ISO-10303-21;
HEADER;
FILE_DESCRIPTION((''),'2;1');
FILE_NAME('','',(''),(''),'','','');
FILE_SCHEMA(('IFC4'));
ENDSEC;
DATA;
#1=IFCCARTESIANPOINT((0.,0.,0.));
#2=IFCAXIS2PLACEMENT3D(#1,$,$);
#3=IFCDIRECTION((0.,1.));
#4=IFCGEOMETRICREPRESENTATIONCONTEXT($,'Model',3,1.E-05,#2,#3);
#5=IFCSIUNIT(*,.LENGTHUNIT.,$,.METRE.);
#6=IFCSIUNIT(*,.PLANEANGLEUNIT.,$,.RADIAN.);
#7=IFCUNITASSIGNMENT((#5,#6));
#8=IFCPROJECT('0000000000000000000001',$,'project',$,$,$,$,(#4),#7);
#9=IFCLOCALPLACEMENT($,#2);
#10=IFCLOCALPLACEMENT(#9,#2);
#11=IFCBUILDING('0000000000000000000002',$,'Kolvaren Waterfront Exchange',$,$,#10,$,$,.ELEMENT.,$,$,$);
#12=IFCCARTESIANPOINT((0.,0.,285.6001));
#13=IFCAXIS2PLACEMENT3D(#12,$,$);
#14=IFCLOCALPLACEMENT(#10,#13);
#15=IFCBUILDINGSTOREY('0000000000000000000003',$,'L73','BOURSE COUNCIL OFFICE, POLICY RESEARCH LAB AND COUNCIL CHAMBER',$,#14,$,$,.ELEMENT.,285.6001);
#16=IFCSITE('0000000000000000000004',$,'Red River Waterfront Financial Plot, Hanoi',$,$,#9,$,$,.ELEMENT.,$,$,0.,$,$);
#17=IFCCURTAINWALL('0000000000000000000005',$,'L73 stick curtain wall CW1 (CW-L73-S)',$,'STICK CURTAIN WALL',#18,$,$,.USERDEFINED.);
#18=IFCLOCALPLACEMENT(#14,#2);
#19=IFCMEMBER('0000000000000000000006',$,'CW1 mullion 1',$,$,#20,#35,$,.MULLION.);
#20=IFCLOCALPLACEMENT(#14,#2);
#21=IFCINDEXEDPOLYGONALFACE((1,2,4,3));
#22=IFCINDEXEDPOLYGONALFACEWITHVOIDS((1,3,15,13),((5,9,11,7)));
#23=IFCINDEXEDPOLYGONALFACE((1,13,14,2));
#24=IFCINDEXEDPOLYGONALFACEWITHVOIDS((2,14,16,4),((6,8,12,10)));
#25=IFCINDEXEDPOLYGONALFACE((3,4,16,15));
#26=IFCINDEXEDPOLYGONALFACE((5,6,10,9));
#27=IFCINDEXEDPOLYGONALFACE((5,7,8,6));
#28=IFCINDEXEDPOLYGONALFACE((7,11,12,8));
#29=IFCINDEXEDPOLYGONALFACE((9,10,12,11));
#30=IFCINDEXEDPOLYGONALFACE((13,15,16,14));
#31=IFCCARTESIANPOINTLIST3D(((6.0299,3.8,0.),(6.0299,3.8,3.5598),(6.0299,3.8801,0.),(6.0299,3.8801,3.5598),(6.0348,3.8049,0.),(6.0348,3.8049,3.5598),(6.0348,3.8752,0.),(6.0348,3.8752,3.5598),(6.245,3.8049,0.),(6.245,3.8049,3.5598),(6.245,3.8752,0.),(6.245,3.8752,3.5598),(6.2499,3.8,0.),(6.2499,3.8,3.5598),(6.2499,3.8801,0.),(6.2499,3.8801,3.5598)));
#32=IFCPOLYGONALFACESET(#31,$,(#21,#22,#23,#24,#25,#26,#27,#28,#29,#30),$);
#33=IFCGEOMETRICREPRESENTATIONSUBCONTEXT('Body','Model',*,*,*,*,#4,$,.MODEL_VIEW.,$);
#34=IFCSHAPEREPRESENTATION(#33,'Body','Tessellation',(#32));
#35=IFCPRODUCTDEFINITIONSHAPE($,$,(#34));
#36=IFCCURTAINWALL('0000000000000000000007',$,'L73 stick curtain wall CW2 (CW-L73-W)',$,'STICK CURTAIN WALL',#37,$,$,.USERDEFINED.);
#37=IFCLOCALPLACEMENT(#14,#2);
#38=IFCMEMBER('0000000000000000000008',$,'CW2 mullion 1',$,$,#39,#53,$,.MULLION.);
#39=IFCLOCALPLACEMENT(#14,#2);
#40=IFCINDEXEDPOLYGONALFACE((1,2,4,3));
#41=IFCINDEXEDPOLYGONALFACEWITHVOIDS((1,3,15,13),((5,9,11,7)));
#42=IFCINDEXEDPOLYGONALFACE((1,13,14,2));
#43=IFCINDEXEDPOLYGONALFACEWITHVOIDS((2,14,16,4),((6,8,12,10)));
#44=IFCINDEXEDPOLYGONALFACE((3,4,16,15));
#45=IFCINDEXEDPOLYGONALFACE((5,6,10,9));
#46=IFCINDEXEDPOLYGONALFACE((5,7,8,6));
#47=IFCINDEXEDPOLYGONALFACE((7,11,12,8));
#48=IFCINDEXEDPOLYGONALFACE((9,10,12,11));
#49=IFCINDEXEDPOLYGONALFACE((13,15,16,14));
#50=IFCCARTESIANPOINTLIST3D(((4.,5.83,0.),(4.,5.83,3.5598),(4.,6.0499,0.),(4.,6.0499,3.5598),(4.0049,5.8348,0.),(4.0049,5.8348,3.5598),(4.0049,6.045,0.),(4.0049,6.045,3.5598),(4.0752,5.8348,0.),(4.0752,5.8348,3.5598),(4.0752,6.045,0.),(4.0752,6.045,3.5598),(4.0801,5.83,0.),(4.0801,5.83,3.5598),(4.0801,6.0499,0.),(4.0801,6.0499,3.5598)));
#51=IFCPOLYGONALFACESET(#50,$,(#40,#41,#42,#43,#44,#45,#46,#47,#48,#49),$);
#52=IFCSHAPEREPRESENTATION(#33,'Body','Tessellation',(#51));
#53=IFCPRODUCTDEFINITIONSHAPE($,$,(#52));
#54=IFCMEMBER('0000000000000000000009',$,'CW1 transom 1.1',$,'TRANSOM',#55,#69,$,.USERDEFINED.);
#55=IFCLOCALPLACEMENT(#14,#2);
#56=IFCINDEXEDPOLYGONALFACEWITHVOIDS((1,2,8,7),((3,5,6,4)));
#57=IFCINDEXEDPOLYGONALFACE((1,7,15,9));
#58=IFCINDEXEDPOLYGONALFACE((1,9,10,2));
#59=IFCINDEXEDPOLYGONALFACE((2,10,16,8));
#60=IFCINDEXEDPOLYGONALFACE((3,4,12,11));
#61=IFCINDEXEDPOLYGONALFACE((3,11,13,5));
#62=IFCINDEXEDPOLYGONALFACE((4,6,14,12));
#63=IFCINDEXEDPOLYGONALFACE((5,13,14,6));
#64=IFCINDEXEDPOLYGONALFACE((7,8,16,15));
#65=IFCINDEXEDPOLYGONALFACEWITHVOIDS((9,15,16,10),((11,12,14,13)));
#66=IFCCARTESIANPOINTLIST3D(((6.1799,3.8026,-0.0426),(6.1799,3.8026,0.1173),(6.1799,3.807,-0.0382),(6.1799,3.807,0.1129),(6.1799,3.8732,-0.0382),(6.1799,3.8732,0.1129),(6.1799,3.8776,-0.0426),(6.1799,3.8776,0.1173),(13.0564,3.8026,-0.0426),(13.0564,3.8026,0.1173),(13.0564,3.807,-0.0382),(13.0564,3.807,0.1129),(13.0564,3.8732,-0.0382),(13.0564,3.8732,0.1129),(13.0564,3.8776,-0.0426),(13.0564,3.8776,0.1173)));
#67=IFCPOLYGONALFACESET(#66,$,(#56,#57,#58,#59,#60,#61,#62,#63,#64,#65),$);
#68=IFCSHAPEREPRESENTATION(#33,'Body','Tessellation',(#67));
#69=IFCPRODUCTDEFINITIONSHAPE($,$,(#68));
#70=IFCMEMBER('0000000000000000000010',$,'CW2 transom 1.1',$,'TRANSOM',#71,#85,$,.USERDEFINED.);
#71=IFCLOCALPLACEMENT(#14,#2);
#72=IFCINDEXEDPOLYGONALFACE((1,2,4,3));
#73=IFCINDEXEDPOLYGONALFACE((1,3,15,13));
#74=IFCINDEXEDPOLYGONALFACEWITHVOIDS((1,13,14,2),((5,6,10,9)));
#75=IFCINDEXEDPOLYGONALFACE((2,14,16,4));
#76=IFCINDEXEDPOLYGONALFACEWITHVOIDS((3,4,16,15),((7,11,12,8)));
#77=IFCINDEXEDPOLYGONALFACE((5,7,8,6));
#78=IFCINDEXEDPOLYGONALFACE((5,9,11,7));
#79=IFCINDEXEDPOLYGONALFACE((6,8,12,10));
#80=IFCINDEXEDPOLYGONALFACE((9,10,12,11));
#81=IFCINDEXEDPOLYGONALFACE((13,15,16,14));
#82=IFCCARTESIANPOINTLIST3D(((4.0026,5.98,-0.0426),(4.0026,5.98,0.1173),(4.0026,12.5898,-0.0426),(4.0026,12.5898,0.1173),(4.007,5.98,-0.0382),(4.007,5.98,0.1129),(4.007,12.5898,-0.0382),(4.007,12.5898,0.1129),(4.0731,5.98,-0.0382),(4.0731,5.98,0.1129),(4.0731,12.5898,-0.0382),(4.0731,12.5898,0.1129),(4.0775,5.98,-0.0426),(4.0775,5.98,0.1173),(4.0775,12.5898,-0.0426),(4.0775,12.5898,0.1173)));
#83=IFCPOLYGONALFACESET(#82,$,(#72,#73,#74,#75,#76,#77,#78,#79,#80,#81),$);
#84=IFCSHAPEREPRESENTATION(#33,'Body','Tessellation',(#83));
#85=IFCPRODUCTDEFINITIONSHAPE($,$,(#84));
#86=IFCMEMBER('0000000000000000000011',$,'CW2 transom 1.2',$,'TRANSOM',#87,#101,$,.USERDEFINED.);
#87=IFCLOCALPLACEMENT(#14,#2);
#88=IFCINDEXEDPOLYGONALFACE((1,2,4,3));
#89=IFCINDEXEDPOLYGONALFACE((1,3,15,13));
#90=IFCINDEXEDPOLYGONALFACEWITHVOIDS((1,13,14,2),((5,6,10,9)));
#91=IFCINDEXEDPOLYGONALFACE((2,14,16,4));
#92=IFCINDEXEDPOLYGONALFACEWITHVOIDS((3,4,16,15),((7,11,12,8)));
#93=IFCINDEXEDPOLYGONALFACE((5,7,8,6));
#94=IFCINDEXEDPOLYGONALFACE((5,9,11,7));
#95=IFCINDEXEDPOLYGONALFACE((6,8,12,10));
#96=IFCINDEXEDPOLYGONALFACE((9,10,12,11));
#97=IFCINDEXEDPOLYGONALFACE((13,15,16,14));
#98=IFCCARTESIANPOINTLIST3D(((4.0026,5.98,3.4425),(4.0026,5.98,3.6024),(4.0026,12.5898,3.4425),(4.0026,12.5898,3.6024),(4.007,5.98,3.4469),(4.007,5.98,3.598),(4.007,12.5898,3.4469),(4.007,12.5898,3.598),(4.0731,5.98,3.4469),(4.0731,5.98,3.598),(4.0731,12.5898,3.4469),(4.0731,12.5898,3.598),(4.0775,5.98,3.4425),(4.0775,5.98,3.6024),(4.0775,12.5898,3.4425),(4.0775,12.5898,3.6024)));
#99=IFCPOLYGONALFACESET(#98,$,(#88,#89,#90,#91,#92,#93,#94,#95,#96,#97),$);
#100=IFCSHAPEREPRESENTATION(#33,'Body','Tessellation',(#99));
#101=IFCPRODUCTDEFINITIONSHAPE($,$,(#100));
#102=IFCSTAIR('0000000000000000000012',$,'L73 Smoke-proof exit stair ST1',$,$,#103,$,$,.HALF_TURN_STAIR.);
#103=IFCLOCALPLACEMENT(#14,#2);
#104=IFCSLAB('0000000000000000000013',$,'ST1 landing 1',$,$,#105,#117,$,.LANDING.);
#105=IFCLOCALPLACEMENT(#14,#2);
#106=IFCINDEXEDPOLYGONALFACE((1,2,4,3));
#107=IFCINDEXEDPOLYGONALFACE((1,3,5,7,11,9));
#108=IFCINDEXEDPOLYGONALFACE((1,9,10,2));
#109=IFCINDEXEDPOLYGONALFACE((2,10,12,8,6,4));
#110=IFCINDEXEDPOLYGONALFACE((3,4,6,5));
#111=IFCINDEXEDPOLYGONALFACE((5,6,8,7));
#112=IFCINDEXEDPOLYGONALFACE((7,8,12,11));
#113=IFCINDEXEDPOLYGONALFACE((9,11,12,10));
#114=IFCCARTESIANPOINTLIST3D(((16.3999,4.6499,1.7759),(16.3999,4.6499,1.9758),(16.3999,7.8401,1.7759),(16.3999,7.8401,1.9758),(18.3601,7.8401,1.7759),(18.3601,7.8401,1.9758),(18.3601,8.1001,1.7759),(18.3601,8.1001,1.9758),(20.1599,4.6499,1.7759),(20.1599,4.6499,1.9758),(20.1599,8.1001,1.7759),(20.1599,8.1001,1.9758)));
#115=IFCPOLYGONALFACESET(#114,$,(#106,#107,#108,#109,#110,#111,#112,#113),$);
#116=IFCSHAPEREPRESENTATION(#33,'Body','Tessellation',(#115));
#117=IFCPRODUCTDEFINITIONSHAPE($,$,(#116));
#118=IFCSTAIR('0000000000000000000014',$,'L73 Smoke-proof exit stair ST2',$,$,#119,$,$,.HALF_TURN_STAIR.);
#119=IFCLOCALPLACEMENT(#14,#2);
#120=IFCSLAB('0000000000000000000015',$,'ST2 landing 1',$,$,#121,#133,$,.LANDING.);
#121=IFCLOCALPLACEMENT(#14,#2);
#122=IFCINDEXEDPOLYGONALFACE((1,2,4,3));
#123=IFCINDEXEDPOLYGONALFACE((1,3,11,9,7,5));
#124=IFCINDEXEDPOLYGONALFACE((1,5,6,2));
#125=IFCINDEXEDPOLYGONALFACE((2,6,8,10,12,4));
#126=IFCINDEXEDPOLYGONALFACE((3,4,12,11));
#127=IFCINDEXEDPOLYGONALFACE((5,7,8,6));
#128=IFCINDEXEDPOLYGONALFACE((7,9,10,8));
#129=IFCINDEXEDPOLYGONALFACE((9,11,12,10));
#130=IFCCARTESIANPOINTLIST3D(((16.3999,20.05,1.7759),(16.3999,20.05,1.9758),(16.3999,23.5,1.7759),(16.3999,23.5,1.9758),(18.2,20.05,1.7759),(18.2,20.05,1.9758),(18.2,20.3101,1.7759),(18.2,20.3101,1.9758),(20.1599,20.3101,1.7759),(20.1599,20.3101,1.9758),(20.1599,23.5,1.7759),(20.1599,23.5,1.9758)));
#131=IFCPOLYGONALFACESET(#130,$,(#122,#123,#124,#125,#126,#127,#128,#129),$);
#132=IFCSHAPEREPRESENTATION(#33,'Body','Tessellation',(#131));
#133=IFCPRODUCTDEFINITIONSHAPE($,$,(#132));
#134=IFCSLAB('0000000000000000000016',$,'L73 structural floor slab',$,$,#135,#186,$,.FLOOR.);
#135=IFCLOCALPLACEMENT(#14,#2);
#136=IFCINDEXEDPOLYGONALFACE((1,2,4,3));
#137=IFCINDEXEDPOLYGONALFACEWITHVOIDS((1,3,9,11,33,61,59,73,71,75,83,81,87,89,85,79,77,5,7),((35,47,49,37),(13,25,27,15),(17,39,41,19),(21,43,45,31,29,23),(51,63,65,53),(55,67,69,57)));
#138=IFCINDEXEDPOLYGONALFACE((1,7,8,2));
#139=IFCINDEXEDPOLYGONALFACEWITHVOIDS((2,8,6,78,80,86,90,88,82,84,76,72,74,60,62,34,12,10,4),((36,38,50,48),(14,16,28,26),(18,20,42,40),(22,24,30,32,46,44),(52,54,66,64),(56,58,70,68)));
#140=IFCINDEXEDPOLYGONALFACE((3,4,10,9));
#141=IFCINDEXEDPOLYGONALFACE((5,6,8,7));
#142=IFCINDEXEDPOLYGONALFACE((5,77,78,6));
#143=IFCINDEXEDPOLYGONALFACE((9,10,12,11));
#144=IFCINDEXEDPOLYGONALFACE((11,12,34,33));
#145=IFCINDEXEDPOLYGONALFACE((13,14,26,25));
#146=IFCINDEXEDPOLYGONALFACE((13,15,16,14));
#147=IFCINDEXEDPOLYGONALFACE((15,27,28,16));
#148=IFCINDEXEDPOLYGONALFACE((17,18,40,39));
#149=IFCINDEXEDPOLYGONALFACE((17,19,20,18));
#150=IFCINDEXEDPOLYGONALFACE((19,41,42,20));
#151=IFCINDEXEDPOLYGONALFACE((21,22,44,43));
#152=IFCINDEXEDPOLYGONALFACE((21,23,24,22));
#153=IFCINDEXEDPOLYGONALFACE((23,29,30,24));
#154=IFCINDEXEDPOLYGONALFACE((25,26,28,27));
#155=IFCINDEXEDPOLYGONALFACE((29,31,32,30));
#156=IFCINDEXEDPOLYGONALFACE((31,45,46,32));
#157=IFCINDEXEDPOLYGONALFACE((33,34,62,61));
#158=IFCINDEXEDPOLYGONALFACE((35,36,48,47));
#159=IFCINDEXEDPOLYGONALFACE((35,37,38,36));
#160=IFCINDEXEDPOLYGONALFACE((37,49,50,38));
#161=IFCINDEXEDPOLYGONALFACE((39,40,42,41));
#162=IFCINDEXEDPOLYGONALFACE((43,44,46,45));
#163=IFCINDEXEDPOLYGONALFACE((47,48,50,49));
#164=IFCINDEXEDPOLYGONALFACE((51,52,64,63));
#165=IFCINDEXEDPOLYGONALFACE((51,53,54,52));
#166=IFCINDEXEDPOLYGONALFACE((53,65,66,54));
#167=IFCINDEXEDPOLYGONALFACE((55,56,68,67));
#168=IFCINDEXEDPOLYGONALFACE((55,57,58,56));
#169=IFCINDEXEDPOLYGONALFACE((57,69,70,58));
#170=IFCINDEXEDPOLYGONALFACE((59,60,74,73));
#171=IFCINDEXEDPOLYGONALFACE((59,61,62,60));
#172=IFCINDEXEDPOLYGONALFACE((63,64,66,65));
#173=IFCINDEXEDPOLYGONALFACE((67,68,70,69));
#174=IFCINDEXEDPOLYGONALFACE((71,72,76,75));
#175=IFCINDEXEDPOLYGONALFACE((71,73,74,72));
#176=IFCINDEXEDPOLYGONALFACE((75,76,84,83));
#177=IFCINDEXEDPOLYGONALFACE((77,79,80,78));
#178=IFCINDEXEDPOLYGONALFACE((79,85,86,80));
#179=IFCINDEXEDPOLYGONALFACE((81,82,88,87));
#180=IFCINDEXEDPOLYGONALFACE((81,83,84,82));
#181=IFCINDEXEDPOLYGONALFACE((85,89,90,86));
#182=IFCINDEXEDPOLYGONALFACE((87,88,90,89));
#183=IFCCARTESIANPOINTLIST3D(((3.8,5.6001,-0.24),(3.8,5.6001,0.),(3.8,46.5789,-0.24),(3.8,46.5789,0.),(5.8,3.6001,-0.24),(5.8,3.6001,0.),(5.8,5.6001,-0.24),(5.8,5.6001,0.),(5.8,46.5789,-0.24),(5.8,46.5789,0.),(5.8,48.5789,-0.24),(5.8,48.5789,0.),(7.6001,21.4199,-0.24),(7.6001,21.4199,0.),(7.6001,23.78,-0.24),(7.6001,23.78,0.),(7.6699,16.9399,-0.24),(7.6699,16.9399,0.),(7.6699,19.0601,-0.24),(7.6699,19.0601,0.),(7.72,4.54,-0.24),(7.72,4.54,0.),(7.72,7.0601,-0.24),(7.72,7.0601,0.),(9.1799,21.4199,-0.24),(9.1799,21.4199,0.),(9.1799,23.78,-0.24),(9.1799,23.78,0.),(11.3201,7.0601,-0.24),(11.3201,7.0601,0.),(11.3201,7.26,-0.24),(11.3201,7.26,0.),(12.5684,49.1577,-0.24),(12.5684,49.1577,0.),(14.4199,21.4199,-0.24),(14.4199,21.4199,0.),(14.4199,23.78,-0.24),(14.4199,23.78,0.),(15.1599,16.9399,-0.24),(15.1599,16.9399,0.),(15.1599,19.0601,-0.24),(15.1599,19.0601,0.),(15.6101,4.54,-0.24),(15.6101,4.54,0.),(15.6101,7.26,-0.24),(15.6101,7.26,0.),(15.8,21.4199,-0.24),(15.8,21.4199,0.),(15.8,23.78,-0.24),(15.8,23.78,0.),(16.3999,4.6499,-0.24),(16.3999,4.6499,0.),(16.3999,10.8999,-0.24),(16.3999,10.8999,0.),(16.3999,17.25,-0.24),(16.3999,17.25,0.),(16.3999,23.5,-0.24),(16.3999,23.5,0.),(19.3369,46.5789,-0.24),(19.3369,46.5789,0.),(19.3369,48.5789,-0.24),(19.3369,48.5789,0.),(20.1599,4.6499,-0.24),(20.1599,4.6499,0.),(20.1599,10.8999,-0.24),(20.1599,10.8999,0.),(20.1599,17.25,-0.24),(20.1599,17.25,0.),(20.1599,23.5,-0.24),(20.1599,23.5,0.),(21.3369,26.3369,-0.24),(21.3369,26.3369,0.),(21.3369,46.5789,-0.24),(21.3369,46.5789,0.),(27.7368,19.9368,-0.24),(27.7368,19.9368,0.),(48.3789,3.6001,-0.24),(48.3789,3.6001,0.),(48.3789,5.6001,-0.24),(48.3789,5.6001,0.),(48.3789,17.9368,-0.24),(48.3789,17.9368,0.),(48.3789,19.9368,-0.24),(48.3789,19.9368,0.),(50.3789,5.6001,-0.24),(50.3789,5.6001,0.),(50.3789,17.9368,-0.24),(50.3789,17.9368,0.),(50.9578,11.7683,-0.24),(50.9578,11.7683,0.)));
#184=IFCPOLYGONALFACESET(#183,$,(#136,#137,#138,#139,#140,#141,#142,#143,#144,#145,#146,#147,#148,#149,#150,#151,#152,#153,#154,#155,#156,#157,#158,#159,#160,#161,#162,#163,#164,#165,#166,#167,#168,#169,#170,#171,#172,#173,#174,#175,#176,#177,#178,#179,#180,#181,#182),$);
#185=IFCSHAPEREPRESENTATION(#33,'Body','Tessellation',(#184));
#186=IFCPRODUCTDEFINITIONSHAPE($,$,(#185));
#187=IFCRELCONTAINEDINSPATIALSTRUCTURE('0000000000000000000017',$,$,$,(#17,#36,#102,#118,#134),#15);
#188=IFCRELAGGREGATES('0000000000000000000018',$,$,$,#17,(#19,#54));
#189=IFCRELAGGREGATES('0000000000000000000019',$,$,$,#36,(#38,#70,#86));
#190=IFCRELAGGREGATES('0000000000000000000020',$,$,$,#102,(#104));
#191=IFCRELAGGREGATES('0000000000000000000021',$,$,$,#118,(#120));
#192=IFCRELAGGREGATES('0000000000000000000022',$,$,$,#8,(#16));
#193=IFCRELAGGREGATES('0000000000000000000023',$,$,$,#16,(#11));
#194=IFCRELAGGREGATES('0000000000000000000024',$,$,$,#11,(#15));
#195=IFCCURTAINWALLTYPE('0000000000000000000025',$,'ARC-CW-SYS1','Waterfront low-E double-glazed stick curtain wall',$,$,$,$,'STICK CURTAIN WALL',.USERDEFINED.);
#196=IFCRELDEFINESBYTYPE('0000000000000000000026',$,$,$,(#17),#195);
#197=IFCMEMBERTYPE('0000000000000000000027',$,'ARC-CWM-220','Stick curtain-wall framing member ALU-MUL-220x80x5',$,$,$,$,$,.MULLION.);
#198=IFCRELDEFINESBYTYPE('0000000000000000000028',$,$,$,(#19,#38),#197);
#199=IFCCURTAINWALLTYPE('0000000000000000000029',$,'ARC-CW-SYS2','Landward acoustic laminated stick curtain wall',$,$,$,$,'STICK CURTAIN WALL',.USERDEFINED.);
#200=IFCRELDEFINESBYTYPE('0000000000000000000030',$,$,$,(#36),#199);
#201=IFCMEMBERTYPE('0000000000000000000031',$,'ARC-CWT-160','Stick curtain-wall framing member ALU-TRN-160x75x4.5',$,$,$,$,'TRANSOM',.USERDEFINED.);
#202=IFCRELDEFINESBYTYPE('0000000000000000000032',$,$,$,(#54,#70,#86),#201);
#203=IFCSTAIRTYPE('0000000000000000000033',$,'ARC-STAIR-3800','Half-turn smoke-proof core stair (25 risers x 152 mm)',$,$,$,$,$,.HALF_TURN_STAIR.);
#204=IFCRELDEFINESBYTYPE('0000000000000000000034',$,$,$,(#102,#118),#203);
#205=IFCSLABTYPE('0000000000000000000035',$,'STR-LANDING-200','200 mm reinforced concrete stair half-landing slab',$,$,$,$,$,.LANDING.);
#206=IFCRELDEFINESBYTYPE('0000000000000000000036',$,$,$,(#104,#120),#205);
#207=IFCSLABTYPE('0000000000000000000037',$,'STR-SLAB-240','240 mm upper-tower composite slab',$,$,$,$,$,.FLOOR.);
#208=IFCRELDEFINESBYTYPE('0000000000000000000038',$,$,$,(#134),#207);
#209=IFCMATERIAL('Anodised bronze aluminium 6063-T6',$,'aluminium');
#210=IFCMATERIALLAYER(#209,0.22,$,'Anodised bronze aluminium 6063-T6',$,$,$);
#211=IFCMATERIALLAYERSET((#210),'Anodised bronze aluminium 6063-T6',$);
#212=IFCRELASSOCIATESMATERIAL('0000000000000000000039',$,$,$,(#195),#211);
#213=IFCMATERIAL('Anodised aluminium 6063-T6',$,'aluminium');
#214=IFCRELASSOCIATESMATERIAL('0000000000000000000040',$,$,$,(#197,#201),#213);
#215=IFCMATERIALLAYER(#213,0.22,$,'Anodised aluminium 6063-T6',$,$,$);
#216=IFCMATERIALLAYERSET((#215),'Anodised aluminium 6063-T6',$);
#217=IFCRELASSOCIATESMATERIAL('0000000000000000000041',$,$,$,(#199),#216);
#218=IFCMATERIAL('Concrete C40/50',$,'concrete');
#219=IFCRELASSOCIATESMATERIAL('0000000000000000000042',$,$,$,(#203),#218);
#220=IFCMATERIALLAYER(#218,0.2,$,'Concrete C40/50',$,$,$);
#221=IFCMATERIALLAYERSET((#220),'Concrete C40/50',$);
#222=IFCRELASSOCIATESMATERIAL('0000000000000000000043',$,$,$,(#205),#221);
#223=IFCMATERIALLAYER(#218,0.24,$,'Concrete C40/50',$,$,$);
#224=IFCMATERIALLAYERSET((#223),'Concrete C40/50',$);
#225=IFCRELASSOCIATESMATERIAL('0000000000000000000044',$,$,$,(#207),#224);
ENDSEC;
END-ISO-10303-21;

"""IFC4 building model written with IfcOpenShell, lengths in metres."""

from ifc_helpers import new_model, si_unit, direction, frame, origin, origin_with_axes, origin_2d, place, context, subcontext, project, spatial, polyline, hollow_rectangle, outline, extrude, source, transform, mapped, material, layer, layer_set, material_profile, profile_set, type_object, element, aggregate, save


model = new_model("IFC4")

# Units and contexts
model_context = context("Model", 3, precision=1e-05, world=origin(), true_north=direction((0.0, 1.0)))
body_context = subcontext(model_context, "Body", "Model", "MODEL_VIEW")
ifc_project = project(units=[si_unit("LENGTHUNIT", "METRE"), si_unit("PLANEANGLEUNIT", "RADIAN")], contexts=[model_context])

# Site, building, storey
site_placement = place(None, origin())
site = spatial("IfcSite", under=ifc_project, at=site_placement, Name="Red River Waterfront Financial Plot, Hanoi", CompositionType="ELEMENT", RefElevation=0.0)
building_placement = place(site_placement, origin())
building = spatial("IfcBuilding", under=site, at=building_placement, Name="Kolvaren Waterfront Exchange", CompositionType="ELEMENT")
storey_placement = place(building_placement, frame((0.0, 0.0, 285.6001)))
storey = spatial("IfcBuildingStorey", under=building, at=storey_placement, Name="L73", Description="BOURSE COUNCIL OFFICE, POLICY RESEARCH LAB AND COUNCIL CHAMBER", CompositionType="ELEMENT", Elevation=285.6001)

# Curtain walls, members
ifc_material_1 = material(Name="Anodised bronze aluminium 6063-T6", Category="aluminium")
ifc_layer_1 = layer(ifc_material_1, 0.22, Name="Anodised bronze aluminium 6063-T6")
ifc_layer_set_1 = layer_set([ifc_layer_1], Name="Anodised bronze aluminium 6063-T6")
curtain_wall_type_1 = type_object("IfcCurtainWallType", Name="ARC-CW-SYS1", Description="Waterfront low-E double-glazed stick curtain wall", ElementType="STICK CURTAIN WALL", PredefinedType="USERDEFINED", material=ifc_layer_set_1)
curtain_wall_1_placement = place(storey_placement, origin())
curtain_wall_1 = element("IfcCurtainWall", 1, at=curtain_wall_1_placement, inside=storey, type_object=curtain_wall_type_1, Name="L73 stick curtain wall CW1 (CW-L73-S)", ObjectType="STICK CURTAIN WALL", PredefinedType="USERDEFINED")
ifc_material_2 = material(Name="Anodised aluminium 6063-T6", Category="aluminium")
ifc_material_profile_1 = material_profile(ifc_material_2, hollow_rectangle(XDim=0.0801, YDim=0.22, WallThickness=0.0049, at=origin_2d()), Name="ALU-MUL-220x80x5")
ifc_profile_set_1 = profile_set([ifc_material_profile_1], Name="Anodised aluminium 6063-T6")
member_type_1 = type_object("IfcMemberType", Name="ARC-CWM-220", Description="Stick curtain-wall framing member ALU-MUL-220x80x5", PredefinedType="MULLION", material=ifc_profile_set_1)
shared_shape_1 = source(origin_with_axes(), body_context, "Body", "SweptSolid", [
    extrude(hollow_rectangle(XDim=0.0801, YDim=0.22, WallThickness=0.0049, at=origin_2d()), origin(), (0.0, 0.0, 1.0), 3.5598),
])
member_1_placement = place(storey_placement, frame((6.1399, 3.8401, 0.0), z_axis=(0.0, 0.0, 1.0), x_axis=(0.0, 1.0, 0.0)))
member_1 = element("IfcMember", 2, at=member_1_placement, type_object=member_type_1, Name="CW1 mullion 1", PredefinedType="MULLION", context=body_context, shape_type="MappedRepresentation", body=[
    mapped(shared_shape_1, transform((0.0, 0.0, 0.0), x_axis=(1.0, 0.0, 0.0), y_axis=(0.0, 1.0, 0.0), z_axis=(0.0, 0.0, 1.0), scale=1.0)),
])
ifc_layer_2 = layer(ifc_material_2, 0.22, Name="Anodised aluminium 6063-T6")
ifc_layer_set_2 = layer_set([ifc_layer_2], Name="Anodised aluminium 6063-T6")
curtain_wall_type_2 = type_object("IfcCurtainWallType", Name="ARC-CW-SYS2", Description="Landward acoustic laminated stick curtain wall", ElementType="STICK CURTAIN WALL", PredefinedType="USERDEFINED", material=ifc_layer_set_2)
curtain_wall_2_placement = place(storey_placement, origin())
curtain_wall_2 = element("IfcCurtainWall", 3, at=curtain_wall_2_placement, inside=storey, type_object=curtain_wall_type_2, Name="L73 stick curtain wall CW2 (CW-L73-W)", ObjectType="STICK CURTAIN WALL", PredefinedType="USERDEFINED")
member_2_placement = place(storey_placement, frame((4.04, 5.9399, 0.0), z_axis=(0.0, 0.0, 1.0), x_axis=(-1.0, 0.0, 0.0)))
member_2 = element("IfcMember", 4, at=member_2_placement, type_object=member_type_1, Name="CW2 mullion 1", PredefinedType="MULLION", context=body_context, shape_type="MappedRepresentation", body=[
    mapped(shared_shape_1, transform((0.0, 0.0, 0.0), x_axis=(1.0, 0.0, 0.0), y_axis=(0.0, 1.0, 0.0), z_axis=(0.0, 0.0, 1.0), scale=1.0)),
])

# Members
ifc_material_profile_2 = material_profile(ifc_material_2, hollow_rectangle(XDim=0.075, YDim=0.1599, WallThickness=0.0044, at=origin_2d()), Name="ALU-TRN-160x75x4.5")
ifc_profile_set_2 = profile_set([ifc_material_profile_2], Name="Anodised aluminium 6063-T6")
member_type_2 = type_object("IfcMemberType", Name="ARC-CWT-160", Description="Stick curtain-wall framing member ALU-TRN-160x75x4.5", ElementType="TRANSOM", PredefinedType="USERDEFINED", material=ifc_profile_set_2)
shared_shape_2 = source(origin_with_axes(), body_context, "Body", "SweptSolid", [
    extrude(hollow_rectangle(XDim=0.075, YDim=0.1599, WallThickness=0.0044, at=origin_2d()), origin(), (0.0, 0.0, 1.0), 6.8765),
])
member_3_placement = place(storey_placement, frame((6.1799, 3.8401, 0.0374), z_axis=(1.0, 0.0, 0.0), x_axis=(0.0, 1.0, 0.0)))
member_3 = element("IfcMember", 5, at=member_3_placement, type_object=member_type_2, Name="CW1 transom 1.1", ObjectType="TRANSOM", PredefinedType="USERDEFINED", context=body_context, shape_type="MappedRepresentation", body=[
    mapped(shared_shape_2, transform((0.0, 0.0, 0.0), x_axis=(1.0, 0.0, 0.0), y_axis=(0.0, 1.0, 0.0), z_axis=(0.0, 0.0, 1.0), scale=1.0)),
])
aggregate(curtain_wall_1, [member_1, member_3])
shared_shape_3 = source(origin_with_axes(), body_context, "Body", "SweptSolid", [
    extrude(hollow_rectangle(XDim=0.075, YDim=0.1599, WallThickness=0.0044, at=origin_2d()), origin(), (0.0, 0.0, 1.0), 6.6099),
])
member_4_placement = place(storey_placement, frame((4.04, 5.98, 0.0374), z_axis=(0.0, 1.0, 0.0), x_axis=(-1.0, 0.0, 0.0)))
member_4 = element("IfcMember", 6, at=member_4_placement, type_object=member_type_2, Name="CW2 transom 1.1", ObjectType="TRANSOM", PredefinedType="USERDEFINED", context=body_context, shape_type="MappedRepresentation", body=[
    mapped(shared_shape_3, transform((0.0, 0.0, 0.0), x_axis=(1.0, 0.0, 0.0), y_axis=(0.0, 1.0, 0.0), z_axis=(0.0, 0.0, 1.0), scale=1.0)),
])
member_5_placement = place(storey_placement, frame((4.04, 5.98, 3.5225), z_axis=(0.0, 1.0, 0.0), x_axis=(-1.0, 0.0, 0.0)))
member_5 = element("IfcMember", 7, at=member_5_placement, type_object=member_type_2, Name="CW2 transom 1.2", ObjectType="TRANSOM", PredefinedType="USERDEFINED", context=body_context, shape_type="MappedRepresentation", body=[
    mapped(shared_shape_3, transform((0.0, 0.0, 0.0), x_axis=(1.0, 0.0, 0.0), y_axis=(0.0, 1.0, 0.0), z_axis=(0.0, 0.0, 1.0), scale=1.0)),
])
aggregate(curtain_wall_2, [member_2, member_4, member_5])

# Stairs, slabs
ifc_material_3 = material(Name="Concrete C40/50", Category="concrete")
stair_type = type_object("IfcStairType", Name="ARC-STAIR-3800", Description="Half-turn smoke-proof core stair (25 risers x 152 mm)", PredefinedType="HALF_TURN_STAIR", material=ifc_material_3)
stair_1_placement = place(storey_placement, origin())
stair_1 = element("IfcStair", 8, at=stair_1_placement, inside=storey, type_object=stair_type, Name="L73 Smoke-proof exit stair ST1", PredefinedType="HALF_TURN_STAIR")
ifc_layer_3 = layer(ifc_material_3, 0.2, Name="Concrete C40/50")
ifc_layer_set_3 = layer_set([ifc_layer_3], Name="Concrete C40/50")
slab_type_1 = type_object("IfcSlabType", Name="STR-LANDING-200", Description="200 mm reinforced concrete stair half-landing slab", PredefinedType="LANDING", material=ifc_layer_set_3)
slab_1_placement = place(storey_placement, frame((0.0, 0.0, 1.7759)))
slab_1 = element("IfcSlab", 9, at=slab_1_placement, type_object=slab_type_1, Name="ST1 landing 1", PredefinedType="LANDING", context=body_context, shape_type="SweptSolid", body=[
    extrude(outline(polyline([(16.3999, 7.8401), (16.3999, 4.6499), (20.1599, 4.6499), (20.1599, 8.1001), (18.3601, 8.1001), (18.3601, 7.8401), (16.3999, 7.8401)])), origin(), (0.0, 0.0, 1.0), 0.2),
])
aggregate(stair_1, [slab_1])
stair_2_placement = place(storey_placement, origin())
stair_2 = element("IfcStair", 10, at=stair_2_placement, inside=storey, type_object=stair_type, Name="L73 Smoke-proof exit stair ST2", PredefinedType="HALF_TURN_STAIR")
slab_2_placement = place(storey_placement, frame((0.0, 0.0, 1.7759)))
slab_2 = element("IfcSlab", 11, at=slab_2_placement, type_object=slab_type_1, Name="ST2 landing 1", PredefinedType="LANDING", context=body_context, shape_type="SweptSolid", body=[
    extrude(outline(polyline([(20.1599, 20.3101), (20.1599, 23.5), (16.3999, 23.5), (16.3999, 20.05), (18.2, 20.05), (18.2, 20.3101), (20.1599, 20.3101)])), origin(), (0.0, 0.0, 1.0), 0.2),
])
aggregate(stair_2, [slab_2])

# Slab
ifc_layer_4 = layer(ifc_material_3, 0.24, Name="Concrete C40/50")
ifc_layer_set_4 = layer_set([ifc_layer_4], Name="Concrete C40/50")
slab_type_2 = type_object("IfcSlabType", Name="STR-SLAB-240", Description="240 mm upper-tower composite slab", PredefinedType="FLOOR", material=ifc_layer_set_4)
slab_3_placement = place(storey_placement, frame((0.0, 0.0, -0.24)))
element("IfcSlab", 12, at=slab_3_placement, inside=storey, type_object=slab_type_2, Name="L73 structural floor slab", PredefinedType="FLOOR", context=body_context, shape_type="SweptSolid", body=[
    extrude(outline(polyline([(5.8, 3.6001), (48.3789, 3.6001), (48.3789, 5.6001), (50.3789, 5.6001), (50.9578, 11.7683), (50.3789, 17.9368), (48.3789, 17.9368), (48.3789, 19.9368), (27.7368, 19.9368), (21.3369, 26.3369), (21.3369, 46.5789), (19.3369, 46.5789), (19.3369, 48.5789), (12.5684, 49.1577), (5.8, 48.5789), (5.8, 46.5789), (3.8, 46.5789), (3.8, 5.6001), (5.8, 5.6001), (5.8, 3.6001)]), holes=[polyline([(11.3201, 7.26), (15.6101, 7.26), (15.6101, 4.54), (7.72, 4.54), (7.72, 7.0601), (11.3201, 7.0601), (11.3201, 7.26)]), polyline([(20.1599, 10.8999), (20.1599, 4.6499), (16.3999, 4.6499), (16.3999, 10.8999), (20.1599, 10.8999)]), polyline([(7.6699, 19.0601), (15.1599, 19.0601), (15.1599, 16.9399), (7.6699, 16.9399), (7.6699, 19.0601)]), polyline([(16.3999, 17.25), (16.3999, 23.5), (20.1599, 23.5), (20.1599, 17.25), (16.3999, 17.25)]), polyline([(7.6001, 23.78), (9.1799, 23.78), (9.1799, 21.4199), (7.6001, 21.4199), (7.6001, 23.78)]), polyline([(14.4199, 23.78), (15.8, 23.78), (15.8, 21.4199), (14.4199, 21.4199), (14.4199, 23.78)])]), origin(), (0.0, 0.0, 1.0), 0.24),
])

save(model, "model.ifc")
